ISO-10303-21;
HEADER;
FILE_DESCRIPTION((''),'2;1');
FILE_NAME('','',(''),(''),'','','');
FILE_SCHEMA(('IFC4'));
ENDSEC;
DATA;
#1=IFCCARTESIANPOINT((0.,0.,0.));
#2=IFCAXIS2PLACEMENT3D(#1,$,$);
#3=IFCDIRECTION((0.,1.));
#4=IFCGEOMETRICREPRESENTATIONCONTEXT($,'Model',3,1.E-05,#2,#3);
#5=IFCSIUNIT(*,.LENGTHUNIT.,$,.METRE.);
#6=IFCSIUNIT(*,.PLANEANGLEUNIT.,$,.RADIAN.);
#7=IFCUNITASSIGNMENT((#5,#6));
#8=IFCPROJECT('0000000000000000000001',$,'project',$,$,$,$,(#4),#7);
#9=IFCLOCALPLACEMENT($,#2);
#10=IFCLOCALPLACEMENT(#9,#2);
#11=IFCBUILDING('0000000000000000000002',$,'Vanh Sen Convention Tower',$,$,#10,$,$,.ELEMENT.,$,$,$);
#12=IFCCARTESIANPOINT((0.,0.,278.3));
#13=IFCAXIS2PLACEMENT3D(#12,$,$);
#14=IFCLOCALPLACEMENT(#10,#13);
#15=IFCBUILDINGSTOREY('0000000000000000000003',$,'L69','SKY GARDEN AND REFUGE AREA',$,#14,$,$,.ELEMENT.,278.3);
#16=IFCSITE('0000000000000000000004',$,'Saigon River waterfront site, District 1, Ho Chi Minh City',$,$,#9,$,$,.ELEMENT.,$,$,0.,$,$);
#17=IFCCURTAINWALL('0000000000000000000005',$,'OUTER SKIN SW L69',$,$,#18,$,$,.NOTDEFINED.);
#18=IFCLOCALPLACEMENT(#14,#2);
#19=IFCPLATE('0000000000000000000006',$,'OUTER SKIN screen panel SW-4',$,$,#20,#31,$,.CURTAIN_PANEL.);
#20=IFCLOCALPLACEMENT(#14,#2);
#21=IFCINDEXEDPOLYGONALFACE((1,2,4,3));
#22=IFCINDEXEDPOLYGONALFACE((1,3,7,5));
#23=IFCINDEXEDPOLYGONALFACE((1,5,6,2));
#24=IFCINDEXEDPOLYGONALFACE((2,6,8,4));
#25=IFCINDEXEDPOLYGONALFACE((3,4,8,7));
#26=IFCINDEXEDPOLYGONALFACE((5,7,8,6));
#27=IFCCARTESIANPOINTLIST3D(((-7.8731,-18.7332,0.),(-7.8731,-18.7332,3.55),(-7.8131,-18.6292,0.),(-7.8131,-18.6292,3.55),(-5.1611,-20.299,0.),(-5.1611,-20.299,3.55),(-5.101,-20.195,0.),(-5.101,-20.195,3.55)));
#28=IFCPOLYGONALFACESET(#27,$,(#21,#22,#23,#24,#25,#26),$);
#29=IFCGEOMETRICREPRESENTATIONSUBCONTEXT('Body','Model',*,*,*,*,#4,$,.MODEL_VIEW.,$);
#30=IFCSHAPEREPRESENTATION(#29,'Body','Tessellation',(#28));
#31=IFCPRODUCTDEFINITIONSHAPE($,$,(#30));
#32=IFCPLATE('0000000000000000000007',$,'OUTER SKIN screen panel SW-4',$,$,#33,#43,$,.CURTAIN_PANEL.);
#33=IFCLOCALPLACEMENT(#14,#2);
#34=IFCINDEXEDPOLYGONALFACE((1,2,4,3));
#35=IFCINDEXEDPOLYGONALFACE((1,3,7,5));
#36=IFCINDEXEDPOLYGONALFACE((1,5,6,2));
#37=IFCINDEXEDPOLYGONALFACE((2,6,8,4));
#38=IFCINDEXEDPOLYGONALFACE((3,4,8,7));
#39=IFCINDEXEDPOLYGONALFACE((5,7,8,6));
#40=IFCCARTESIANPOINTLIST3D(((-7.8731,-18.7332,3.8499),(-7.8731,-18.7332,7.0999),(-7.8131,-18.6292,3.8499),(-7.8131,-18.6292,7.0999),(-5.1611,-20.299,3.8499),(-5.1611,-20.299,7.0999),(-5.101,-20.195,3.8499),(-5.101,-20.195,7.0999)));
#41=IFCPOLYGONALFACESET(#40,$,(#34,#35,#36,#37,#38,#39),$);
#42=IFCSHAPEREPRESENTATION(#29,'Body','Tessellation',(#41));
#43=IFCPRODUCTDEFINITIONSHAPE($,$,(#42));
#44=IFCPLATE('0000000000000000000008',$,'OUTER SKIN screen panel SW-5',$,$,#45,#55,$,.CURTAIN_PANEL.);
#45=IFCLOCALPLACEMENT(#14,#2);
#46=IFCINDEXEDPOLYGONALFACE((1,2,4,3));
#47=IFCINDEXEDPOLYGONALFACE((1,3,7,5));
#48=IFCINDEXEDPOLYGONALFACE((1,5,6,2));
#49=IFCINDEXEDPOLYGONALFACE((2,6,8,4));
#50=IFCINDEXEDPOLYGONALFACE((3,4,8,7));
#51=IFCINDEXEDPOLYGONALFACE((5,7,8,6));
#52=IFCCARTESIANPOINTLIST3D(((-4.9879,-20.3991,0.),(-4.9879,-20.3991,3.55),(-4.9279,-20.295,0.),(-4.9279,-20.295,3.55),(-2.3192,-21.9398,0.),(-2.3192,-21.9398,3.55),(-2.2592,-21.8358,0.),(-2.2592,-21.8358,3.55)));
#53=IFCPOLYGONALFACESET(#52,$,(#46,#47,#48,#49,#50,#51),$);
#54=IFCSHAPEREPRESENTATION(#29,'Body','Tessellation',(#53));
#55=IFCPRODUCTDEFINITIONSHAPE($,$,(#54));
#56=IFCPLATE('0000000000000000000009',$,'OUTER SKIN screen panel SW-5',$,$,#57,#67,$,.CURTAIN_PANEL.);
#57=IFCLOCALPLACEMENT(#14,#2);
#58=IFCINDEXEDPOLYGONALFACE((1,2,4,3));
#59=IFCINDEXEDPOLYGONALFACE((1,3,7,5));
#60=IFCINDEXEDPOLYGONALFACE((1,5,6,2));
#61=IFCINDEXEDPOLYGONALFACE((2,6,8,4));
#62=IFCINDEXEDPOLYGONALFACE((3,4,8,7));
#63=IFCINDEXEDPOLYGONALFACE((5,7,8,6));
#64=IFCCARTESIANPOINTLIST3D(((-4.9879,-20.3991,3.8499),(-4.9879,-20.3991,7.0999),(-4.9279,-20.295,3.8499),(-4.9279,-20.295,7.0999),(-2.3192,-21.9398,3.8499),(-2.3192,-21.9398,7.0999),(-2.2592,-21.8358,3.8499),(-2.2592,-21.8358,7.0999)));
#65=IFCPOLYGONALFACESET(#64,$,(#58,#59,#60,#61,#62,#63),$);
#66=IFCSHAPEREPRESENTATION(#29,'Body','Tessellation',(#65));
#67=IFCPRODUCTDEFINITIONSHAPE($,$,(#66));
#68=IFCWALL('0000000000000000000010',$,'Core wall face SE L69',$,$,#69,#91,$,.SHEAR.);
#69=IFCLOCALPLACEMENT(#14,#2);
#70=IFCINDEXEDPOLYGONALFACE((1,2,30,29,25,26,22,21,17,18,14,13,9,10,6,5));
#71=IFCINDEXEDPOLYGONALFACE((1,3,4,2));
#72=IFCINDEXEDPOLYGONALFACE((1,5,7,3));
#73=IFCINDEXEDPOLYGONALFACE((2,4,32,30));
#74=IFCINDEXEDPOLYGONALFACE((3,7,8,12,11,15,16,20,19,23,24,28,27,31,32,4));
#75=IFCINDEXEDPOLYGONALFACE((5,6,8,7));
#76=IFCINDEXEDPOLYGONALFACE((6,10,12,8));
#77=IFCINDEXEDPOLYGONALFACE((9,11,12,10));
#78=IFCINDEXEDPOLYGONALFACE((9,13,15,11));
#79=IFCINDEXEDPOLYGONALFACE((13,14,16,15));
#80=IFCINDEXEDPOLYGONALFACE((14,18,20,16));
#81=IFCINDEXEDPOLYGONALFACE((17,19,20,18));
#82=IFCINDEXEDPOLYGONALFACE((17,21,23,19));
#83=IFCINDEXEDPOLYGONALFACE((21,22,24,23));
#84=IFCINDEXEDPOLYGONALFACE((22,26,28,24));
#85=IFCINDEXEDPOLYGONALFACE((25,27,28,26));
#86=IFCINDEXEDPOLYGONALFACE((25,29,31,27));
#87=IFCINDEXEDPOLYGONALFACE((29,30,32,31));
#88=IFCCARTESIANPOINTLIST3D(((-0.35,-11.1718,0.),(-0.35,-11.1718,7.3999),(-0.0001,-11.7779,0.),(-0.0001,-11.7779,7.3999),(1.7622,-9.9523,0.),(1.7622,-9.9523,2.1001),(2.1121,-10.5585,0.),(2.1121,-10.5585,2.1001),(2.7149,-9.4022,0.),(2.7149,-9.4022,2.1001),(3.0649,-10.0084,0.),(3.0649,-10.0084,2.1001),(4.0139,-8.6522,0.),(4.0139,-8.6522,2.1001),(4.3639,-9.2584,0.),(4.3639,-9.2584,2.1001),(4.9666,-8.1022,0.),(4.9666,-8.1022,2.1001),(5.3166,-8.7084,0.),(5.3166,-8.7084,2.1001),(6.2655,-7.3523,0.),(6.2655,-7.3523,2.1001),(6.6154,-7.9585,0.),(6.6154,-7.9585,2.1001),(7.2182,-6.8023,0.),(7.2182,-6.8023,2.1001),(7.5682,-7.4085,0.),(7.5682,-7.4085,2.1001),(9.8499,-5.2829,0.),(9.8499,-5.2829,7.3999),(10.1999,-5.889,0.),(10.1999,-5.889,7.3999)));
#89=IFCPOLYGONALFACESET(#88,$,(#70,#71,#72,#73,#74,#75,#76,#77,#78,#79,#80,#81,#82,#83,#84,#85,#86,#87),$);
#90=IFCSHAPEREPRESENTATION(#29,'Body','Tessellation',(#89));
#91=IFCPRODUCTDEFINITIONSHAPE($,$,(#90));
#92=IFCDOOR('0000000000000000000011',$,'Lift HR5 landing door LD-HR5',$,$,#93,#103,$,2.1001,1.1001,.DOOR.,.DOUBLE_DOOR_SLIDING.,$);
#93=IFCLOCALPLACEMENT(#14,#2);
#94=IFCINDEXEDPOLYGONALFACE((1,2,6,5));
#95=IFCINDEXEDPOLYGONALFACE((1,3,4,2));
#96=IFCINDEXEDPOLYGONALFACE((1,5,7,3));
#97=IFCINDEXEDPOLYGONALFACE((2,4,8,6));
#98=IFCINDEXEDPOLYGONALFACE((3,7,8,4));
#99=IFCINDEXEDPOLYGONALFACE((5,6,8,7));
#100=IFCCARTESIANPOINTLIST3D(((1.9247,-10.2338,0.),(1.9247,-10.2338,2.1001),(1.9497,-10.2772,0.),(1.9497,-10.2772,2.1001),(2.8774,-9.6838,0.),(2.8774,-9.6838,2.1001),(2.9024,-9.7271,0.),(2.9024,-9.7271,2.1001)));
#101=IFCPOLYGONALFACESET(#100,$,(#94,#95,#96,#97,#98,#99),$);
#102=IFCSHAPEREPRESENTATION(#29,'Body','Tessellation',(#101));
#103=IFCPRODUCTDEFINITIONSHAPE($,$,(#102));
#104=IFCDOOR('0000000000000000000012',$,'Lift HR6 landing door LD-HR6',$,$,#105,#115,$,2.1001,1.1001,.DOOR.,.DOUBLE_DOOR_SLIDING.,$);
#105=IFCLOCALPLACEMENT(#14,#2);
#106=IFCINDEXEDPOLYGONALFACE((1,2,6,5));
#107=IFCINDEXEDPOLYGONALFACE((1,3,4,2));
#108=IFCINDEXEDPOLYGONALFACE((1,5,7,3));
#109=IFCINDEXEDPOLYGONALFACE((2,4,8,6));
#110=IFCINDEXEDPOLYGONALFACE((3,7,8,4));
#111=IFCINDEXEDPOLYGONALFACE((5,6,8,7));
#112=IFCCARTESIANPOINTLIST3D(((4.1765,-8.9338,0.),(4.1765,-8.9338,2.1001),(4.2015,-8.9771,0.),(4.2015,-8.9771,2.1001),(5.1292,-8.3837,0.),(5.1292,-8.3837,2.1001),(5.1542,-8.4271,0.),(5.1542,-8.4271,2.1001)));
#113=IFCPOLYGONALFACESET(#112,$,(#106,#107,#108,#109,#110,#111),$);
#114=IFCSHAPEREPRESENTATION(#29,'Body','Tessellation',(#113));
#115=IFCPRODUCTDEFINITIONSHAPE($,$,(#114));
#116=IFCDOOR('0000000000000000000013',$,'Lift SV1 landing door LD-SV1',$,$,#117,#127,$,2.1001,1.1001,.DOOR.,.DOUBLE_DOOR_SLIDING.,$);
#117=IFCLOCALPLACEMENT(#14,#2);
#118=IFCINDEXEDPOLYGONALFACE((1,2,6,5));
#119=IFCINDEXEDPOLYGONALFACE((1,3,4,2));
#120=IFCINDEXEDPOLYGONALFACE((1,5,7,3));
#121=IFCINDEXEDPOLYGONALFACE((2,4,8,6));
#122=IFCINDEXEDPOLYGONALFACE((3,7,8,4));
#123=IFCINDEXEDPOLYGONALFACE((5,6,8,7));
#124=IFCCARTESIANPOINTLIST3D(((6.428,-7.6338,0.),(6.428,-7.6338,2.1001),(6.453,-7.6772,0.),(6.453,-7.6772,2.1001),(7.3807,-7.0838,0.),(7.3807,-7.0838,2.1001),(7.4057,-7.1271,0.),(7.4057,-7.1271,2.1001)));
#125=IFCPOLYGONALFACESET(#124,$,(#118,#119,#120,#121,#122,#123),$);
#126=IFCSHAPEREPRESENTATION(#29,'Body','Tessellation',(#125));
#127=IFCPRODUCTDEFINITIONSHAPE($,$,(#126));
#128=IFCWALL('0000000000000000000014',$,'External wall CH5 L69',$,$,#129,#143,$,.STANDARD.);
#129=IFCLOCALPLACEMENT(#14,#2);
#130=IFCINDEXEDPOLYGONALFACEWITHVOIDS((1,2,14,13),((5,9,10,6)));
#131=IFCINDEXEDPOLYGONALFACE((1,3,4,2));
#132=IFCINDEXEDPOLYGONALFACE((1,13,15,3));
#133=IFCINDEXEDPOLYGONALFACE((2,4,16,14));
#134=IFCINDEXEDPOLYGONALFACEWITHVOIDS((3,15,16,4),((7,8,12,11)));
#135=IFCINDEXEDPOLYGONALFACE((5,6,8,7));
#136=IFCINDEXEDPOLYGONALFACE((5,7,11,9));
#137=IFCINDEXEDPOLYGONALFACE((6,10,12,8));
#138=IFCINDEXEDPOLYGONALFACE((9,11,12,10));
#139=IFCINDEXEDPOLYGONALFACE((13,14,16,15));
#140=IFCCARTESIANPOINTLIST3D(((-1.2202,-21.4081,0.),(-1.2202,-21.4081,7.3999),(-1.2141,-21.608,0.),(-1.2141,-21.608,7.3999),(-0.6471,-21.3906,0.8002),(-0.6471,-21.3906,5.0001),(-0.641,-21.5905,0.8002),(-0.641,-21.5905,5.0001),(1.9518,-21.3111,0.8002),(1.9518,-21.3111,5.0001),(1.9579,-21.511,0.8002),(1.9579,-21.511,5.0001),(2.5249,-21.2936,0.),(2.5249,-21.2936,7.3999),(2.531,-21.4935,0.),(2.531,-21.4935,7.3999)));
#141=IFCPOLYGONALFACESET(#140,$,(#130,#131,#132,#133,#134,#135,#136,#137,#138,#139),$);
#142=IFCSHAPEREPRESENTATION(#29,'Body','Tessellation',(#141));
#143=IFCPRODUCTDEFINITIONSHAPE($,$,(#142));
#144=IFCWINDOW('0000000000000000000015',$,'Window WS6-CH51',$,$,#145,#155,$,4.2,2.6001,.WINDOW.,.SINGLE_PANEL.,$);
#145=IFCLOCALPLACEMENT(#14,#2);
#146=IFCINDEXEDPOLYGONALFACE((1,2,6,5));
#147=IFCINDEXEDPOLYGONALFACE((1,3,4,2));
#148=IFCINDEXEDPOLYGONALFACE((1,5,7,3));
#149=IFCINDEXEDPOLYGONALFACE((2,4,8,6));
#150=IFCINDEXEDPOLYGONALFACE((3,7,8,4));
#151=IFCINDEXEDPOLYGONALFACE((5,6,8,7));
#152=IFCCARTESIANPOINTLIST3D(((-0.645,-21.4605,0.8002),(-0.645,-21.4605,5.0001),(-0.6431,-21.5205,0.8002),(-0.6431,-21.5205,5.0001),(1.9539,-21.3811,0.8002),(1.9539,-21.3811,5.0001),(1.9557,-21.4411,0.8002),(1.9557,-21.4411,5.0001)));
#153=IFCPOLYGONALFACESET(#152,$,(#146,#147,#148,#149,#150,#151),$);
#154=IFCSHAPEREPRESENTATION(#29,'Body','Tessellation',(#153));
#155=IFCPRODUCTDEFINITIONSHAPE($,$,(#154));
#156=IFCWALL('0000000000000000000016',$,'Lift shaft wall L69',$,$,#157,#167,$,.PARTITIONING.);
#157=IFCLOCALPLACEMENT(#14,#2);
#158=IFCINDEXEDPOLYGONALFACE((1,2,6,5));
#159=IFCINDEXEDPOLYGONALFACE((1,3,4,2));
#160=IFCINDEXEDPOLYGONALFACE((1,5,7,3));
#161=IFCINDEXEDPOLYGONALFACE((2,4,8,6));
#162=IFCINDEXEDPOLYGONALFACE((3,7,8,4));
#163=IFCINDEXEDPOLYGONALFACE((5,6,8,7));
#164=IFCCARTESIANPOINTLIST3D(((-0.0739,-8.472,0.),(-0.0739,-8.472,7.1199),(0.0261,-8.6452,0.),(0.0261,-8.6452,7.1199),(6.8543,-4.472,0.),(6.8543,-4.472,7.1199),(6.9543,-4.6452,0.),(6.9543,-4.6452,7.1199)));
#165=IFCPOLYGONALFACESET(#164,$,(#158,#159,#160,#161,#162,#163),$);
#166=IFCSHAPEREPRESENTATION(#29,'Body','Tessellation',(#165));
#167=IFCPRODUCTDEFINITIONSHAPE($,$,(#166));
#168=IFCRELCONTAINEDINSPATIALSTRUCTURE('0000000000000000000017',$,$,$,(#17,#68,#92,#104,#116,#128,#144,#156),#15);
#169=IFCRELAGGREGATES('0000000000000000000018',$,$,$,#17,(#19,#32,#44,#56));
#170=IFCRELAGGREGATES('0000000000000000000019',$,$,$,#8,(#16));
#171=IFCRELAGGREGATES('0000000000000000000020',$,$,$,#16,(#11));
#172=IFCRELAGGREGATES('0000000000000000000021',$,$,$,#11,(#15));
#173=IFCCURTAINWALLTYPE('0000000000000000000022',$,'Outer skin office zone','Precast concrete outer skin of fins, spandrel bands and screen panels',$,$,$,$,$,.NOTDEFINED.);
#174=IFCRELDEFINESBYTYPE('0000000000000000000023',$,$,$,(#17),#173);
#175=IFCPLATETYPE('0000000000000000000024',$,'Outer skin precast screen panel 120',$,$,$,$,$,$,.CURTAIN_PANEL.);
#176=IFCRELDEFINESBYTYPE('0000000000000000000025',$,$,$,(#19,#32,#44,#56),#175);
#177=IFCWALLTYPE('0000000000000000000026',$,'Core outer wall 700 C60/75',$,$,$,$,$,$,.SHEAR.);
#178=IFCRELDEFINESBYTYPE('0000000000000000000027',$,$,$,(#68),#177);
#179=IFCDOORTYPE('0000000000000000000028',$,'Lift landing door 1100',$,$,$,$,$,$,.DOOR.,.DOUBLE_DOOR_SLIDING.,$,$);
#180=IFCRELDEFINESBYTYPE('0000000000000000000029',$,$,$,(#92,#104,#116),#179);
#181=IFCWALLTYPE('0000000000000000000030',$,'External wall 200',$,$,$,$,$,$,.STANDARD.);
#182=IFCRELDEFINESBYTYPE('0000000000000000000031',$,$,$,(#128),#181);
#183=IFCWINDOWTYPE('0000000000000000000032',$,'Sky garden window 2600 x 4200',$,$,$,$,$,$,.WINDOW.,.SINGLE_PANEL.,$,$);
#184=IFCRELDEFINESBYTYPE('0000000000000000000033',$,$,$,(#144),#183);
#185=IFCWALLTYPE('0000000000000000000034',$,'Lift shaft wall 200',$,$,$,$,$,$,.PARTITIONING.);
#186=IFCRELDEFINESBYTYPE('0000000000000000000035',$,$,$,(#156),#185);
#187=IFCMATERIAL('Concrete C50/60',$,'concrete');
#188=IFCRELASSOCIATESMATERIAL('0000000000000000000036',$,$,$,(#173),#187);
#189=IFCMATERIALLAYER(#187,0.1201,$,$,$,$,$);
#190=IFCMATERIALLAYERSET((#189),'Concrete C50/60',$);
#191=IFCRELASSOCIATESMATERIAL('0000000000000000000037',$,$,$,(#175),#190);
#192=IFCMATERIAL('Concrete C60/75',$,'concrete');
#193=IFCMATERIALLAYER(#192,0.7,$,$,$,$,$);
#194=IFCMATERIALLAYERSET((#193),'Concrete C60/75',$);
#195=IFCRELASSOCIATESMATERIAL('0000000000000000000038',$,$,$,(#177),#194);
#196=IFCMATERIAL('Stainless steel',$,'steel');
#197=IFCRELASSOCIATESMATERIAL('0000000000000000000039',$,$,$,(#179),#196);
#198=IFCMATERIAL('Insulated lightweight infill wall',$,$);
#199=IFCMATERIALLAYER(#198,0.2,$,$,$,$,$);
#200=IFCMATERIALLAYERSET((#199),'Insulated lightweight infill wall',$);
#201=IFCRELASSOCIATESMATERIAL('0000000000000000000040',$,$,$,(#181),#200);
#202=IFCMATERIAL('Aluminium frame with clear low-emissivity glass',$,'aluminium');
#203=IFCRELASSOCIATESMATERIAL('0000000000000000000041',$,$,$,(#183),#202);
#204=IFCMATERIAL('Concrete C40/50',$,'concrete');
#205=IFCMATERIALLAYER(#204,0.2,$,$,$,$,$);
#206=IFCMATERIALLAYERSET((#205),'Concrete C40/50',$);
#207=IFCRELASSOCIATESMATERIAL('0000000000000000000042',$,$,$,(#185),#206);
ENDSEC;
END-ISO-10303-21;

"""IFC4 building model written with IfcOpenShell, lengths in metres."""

from ifc_helpers import new_model, si_unit, direction, frame, frame_2d, origin, origin_2d, place, context, subcontext, project, spatial, rectangle, extrude, material, layer, layer_set, type_object, element, fill, aggregate, save


model = new_model("IFC4")

# Units and contexts
model_context = context("Model", 3, precision=1e-05, world=origin(), true_north=direction((0.0, 1.0)))
body_context = subcontext(model_context, "Body", "Model", "MODEL_VIEW")
ifc_project = project(units=[si_unit("LENGTHUNIT", "METRE"), si_unit("PLANEANGLEUNIT", "RADIAN")], contexts=[model_context])

# Site, building, storey
site_placement = place(None, origin())
site = spatial("IfcSite", under=ifc_project, at=site_placement, Name="Saigon River waterfront site, District 1, Ho Chi Minh City", CompositionType="ELEMENT", RefElevation=0.0)
building_placement = place(site_placement, origin())
building = spatial("IfcBuilding", under=site, at=building_placement, Name="Vanh Sen Convention Tower", CompositionType="ELEMENT")
storey_placement = place(building_placement, frame((0.0, 0.0, 278.3)))
storey = spatial("IfcBuildingStorey", under=building, at=storey_placement, Name="L69", Description="SKY GARDEN AND REFUGE AREA", CompositionType="ELEMENT", Elevation=278.3)

# Shared definitions
ifc_material_1 = material(Name="Concrete C60/75", Category="concrete")

# Curtain wall
ifc_material_2 = material(Name="Concrete C50/60", Category="concrete")
curtain_wall_type = type_object("IfcCurtainWallType", Name="Outer skin office zone", Description="Precast concrete outer skin of fins, spandrel bands and screen panels", PredefinedType="NOTDEFINED", material=ifc_material_2)
curtain_wall_1_placement = place(storey_placement, origin())
curtain_wall_1 = element("IfcCurtainWall", 1, at=curtain_wall_1_placement, inside=storey, type_object=curtain_wall_type, Name="OUTER SKIN SW L69", PredefinedType="NOTDEFINED")

# Plates
ifc_layer_1 = layer(ifc_material_2, 0.1201)
ifc_layer_set_1 = layer_set([ifc_layer_1], Name="Concrete C50/60")
plate_type = type_object("IfcPlateType", Name="Outer skin precast screen panel 120", PredefinedType="CURTAIN_PANEL", material=ifc_layer_set_1)
plate_1_placement = place(storey_placement, frame((-6.4871, -19.4641, 0.0), z_axis=(0.0, 0.0, 1.0), x_axis=(0.866029, -0.499994, 0.0)))
plate_1 = element("IfcPlate", 2, at=plate_1_placement, type_object=plate_type, Name="OUTER SKIN screen panel SW-4", PredefinedType="CURTAIN_PANEL", context=body_context, shape_type="SweptSolid", body=[
    extrude(rectangle(XDim=3.1316, YDim=0.1201, at=origin_2d()), origin(), (0.0, 0.0, 1.0), 3.55),
])
plate_2_placement = place(storey_placement, frame((-6.4871, -19.4641, 3.8499), z_axis=(0.0, 0.0, 1.0), x_axis=(0.866029, -0.499994, 0.0)))
plate_2 = element("IfcPlate", 3, at=plate_2_placement, type_object=plate_type, Name="OUTER SKIN screen panel SW-4", PredefinedType="CURTAIN_PANEL", context=body_context, shape_type="SweptSolid", body=[
    extrude(rectangle(XDim=3.1316, YDim=0.1201, at=origin_2d()), origin(), (0.0, 0.0, 1.0), 3.25),
])
plate_3_placement = place(storey_placement, frame((-3.6235, -21.1174, 0.0), z_axis=(0.0, 0.0, 1.0), x_axis=(0.866029, -0.499994, 0.0)))
plate_3 = element("IfcPlate", 4, at=plate_3_placement, type_object=plate_type, Name="OUTER SKIN screen panel SW-5", PredefinedType="CURTAIN_PANEL", context=body_context, shape_type="SweptSolid", body=[
    extrude(rectangle(XDim=3.0815, YDim=0.1201, at=origin_2d()), origin(), (0.0, 0.0, 1.0), 3.55),
])
plate_4_placement = place(storey_placement, frame((-3.6235, -21.1174, 3.8499), z_axis=(0.0, 0.0, 1.0), x_axis=(0.866029, -0.499994, 0.0)))
plate_4 = element("IfcPlate", 5, at=plate_4_placement, type_object=plate_type, Name="OUTER SKIN screen panel SW-5", PredefinedType="CURTAIN_PANEL", context=body_context, shape_type="SweptSolid", body=[
    extrude(rectangle(XDim=3.0815, YDim=0.1201, at=origin_2d()), origin(), (0.0, 0.0, 1.0), 3.25),
])
aggregate(curtain_wall_1, [plate_1, plate_2, plate_3, plate_4])

# Wall, openings, doors
ifc_layer_2 = layer(ifc_material_1, 0.7)
ifc_layer_set_2 = layer_set([ifc_layer_2], Name="Concrete C60/75")
wall_type_1 = type_object("IfcWallType", Name="Core outer wall 700 C60/75", PredefinedType="SHEAR", material=ifc_layer_set_2)
wall_1_placement = place(storey_placement, frame((-0.175, -11.4749, 0.0), z_axis=(0.0, 0.0, 1.0), x_axis=(0.866026, 0.499998, 0.0)))
wall_1 = element("IfcWall", 6, at=wall_1_placement, inside=storey, type_object=wall_type_1, Name="Core wall face SE L69", PredefinedType="SHEAR", context=body_context, shape_type="SweptSolid", body=[
    extrude(rectangle(XDim=11.7778, YDim=0.7, at=frame_2d((5.8889, 0.0))), origin(), (0.0, 0.0, 1.0), 7.3999),
])
opening_1_placement = place(wall_1_placement, frame((2.439, 0.0, 0.0)))
opening_1 = element("IfcOpeningElement", 7, at=opening_1_placement, cuts=wall_1, PredefinedType="OPENING", context=body_context, shape_type="SweptSolid", body=[
    extrude(rectangle(XDim=1.1001, YDim=2.1001, at=frame_2d((0.55, 1.05))), frame((0.0, 0.3599, 0.0), z_axis=(0.0, -1.0, 0.0), x_axis=(1.0, 0.0, 0.0)), (0.0, 0.0, 1.0), 0.72),
])
opening_2_placement = place(wall_1_placement, frame((5.0391, 0.0, 0.0)))
opening_2 = element("IfcOpeningElement", 8, at=opening_2_placement, cuts=wall_1, PredefinedType="OPENING", context=body_context, shape_type="SweptSolid", body=[
    extrude(rectangle(XDim=1.1001, YDim=2.1001, at=frame_2d((0.55, 1.05))), frame((0.0, 0.3599, 0.0), z_axis=(0.0, -1.0, 0.0), x_axis=(1.0, 0.0, 0.0)), (0.0, 0.0, 1.0), 0.72),
])
opening_3_placement = place(wall_1_placement, frame((7.6389, 0.0, 0.0)))
opening_3 = element("IfcOpeningElement", 9, at=opening_3_placement, cuts=wall_1, PredefinedType="OPENING", context=body_context, shape_type="SweptSolid", body=[
    extrude(rectangle(XDim=1.1001, YDim=2.1001, at=frame_2d((0.55, 1.05))), frame((0.0, 0.3599, 0.0), z_axis=(0.0, -1.0, 0.0), x_axis=(1.0, 0.0, 0.0)), (0.0, 0.0, 1.0), 0.72),
])
ifc_material_3 = material(Name="Stainless steel", Category="steel")
door_type = type_object("IfcDoorType", Name="Lift landing door 1100", OperationType="DOUBLE_DOOR_SLIDING", PredefinedType="DOOR", material=ifc_material_3)
door_1_placement = place(opening_1_placement, origin())
door_1 = element("IfcDoor", 10, at=door_1_placement, inside=storey, type_object=door_type, Name="Lift HR5 landing door LD-HR5", OperationType="DOUBLE_DOOR_SLIDING", OverallHeight=2.1001, OverallWidth=1.1001, PredefinedType="DOOR", context=body_context, shape_type="SweptSolid", body=[
    extrude(rectangle(XDim=1.1001, YDim=2.1001, at=frame_2d((0.55, 1.05))), frame((0.0, 0.0249, 0.0), z_axis=(0.0, -1.0, 0.0), x_axis=(1.0, 0.0, 0.0)), (0.0, 0.0, 1.0), 0.05),
])
fill(opening_1, door_1)
door_2_placement = place(opening_2_placement, origin())
door_2 = element("IfcDoor", 11, at=door_2_placement, inside=storey, type_object=door_type, Name="Lift HR6 landing door LD-HR6", OperationType="DOUBLE_DOOR_SLIDING", OverallHeight=2.1001, OverallWidth=1.1001, PredefinedType="DOOR", context=body_context, shape_type="SweptSolid", body=[
    extrude(rectangle(XDim=1.1001, YDim=2.1001, at=frame_2d((0.55, 1.05))), frame((0.0, 0.0249, 0.0), z_axis=(0.0, -1.0, 0.0), x_axis=(1.0, 0.0, 0.0)), (0.0, 0.0, 1.0), 0.05),
])
fill(opening_2, door_2)
door_3_placement = place(opening_3_placement, origin())
door_3 = element("IfcDoor", 12, at=door_3_placement, inside=storey, type_object=door_type, Name="Lift SV1 landing door LD-SV1", OperationType="DOUBLE_DOOR_SLIDING", OverallHeight=2.1001, OverallWidth=1.1001, PredefinedType="DOOR", context=body_context, shape_type="SweptSolid", body=[
    extrude(rectangle(XDim=1.1001, YDim=2.1001, at=frame_2d((0.55, 1.05))), frame((0.0, 0.0249, 0.0), z_axis=(0.0, -1.0, 0.0), x_axis=(1.0, 0.0, 0.0)), (0.0, 0.0, 1.0), 0.05),
])
fill(opening_3, door_3)

# Wall, opening, window
ifc_material_4 = material(Name="Insulated lightweight infill wall")
ifc_layer_3 = layer(ifc_material_4, 0.2)
ifc_layer_set_3 = layer_set([ifc_layer_3], Name="Insulated lightweight infill wall")
wall_type_2 = type_object("IfcWallType", Name="External wall 200", PredefinedType="STANDARD", material=ifc_layer_set_3)
wall_2_placement = place(storey_placement, frame((-1.2173, -21.5081, 0.0), z_axis=(0.0, 0.0, 1.0), x_axis=(0.999533, 0.030559, 0.0)))
wall_2 = element("IfcWall", 13, at=wall_2_placement, inside=storey, type_object=wall_type_2, Name="External wall CH5 L69", PredefinedType="STANDARD", context=body_context, shape_type="SweptSolid", body=[
    extrude(rectangle(XDim=3.7468, YDim=0.2, at=frame_2d((1.8735, 0.0))), origin(), (0.0, 0.0, 1.0), 7.3999),
])
opening_4_placement = place(wall_2_placement, frame((0.5735, 0.0, 0.8)))
opening_4 = element("IfcOpeningElement", 14, at=opening_4_placement, cuts=wall_2, PredefinedType="OPENING", context=body_context, shape_type="SweptSolid", body=[
    extrude(rectangle(XDim=2.6001, YDim=4.2, at=frame_2d((1.3, 2.1001))), frame((0.0, 0.1099, 0.0), z_axis=(0.0, -1.0, 0.0), x_axis=(1.0, 0.0, 0.0)), (0.0, 0.0, 1.0), 0.22),
])
ifc_material_5 = material(Name="Aluminium frame with clear low-emissivity glass", Category="aluminium")
window_type = type_object("IfcWindowType", Name="Sky garden window 2600 x 4200", PartitioningType="SINGLE_PANEL", PredefinedType="WINDOW", material=ifc_material_5)
window_placement = place(opening_4_placement, origin())
window = element("IfcWindow", 15, at=window_placement, inside=storey, type_object=window_type, Name="Window WS6-CH51", OverallHeight=4.2, OverallWidth=2.6001, PartitioningType="SINGLE_PANEL", PredefinedType="WINDOW", context=body_context, shape_type="SweptSolid", body=[
    extrude(rectangle(XDim=2.6001, YDim=4.2, at=frame_2d((1.3, 2.1001))), frame((0.0, 0.03, 0.0), z_axis=(0.0, -1.0, 0.0), x_axis=(1.0, 0.0, 0.0)), (0.0, 0.0, 1.0), 0.0601),
])
fill(opening_4, window)

# Wall
ifc_material_6 = material(Name="Concrete C40/50", Category="concrete")
ifc_layer_4 = layer(ifc_material_6, 0.2)
ifc_layer_set_4 = layer_set([ifc_layer_4], Name="Concrete C40/50")
wall_type_3 = type_object("IfcWallType", Name="Lift shaft wall 200", PredefinedType="PARTITIONING", material=ifc_layer_set_4)
wall_3_placement = place(storey_placement, frame((-0.0239, -8.5586, 0.0), z_axis=(0.0, 0.0, 1.0), x_axis=(0.866026, 0.499999, 0.0)))
element("IfcWall", 16, at=wall_3_placement, inside=storey, type_object=wall_type_3, Name="Lift shaft wall L69", PredefinedType="PARTITIONING", context=body_context, shape_type="SweptSolid", body=[
    extrude(rectangle(XDim=8.0, YDim=0.2, at=frame_2d((4.0, 0.0))), origin(), (0.0, 0.0, 1.0), 7.1199),
])

save(model, "model.ifc")
